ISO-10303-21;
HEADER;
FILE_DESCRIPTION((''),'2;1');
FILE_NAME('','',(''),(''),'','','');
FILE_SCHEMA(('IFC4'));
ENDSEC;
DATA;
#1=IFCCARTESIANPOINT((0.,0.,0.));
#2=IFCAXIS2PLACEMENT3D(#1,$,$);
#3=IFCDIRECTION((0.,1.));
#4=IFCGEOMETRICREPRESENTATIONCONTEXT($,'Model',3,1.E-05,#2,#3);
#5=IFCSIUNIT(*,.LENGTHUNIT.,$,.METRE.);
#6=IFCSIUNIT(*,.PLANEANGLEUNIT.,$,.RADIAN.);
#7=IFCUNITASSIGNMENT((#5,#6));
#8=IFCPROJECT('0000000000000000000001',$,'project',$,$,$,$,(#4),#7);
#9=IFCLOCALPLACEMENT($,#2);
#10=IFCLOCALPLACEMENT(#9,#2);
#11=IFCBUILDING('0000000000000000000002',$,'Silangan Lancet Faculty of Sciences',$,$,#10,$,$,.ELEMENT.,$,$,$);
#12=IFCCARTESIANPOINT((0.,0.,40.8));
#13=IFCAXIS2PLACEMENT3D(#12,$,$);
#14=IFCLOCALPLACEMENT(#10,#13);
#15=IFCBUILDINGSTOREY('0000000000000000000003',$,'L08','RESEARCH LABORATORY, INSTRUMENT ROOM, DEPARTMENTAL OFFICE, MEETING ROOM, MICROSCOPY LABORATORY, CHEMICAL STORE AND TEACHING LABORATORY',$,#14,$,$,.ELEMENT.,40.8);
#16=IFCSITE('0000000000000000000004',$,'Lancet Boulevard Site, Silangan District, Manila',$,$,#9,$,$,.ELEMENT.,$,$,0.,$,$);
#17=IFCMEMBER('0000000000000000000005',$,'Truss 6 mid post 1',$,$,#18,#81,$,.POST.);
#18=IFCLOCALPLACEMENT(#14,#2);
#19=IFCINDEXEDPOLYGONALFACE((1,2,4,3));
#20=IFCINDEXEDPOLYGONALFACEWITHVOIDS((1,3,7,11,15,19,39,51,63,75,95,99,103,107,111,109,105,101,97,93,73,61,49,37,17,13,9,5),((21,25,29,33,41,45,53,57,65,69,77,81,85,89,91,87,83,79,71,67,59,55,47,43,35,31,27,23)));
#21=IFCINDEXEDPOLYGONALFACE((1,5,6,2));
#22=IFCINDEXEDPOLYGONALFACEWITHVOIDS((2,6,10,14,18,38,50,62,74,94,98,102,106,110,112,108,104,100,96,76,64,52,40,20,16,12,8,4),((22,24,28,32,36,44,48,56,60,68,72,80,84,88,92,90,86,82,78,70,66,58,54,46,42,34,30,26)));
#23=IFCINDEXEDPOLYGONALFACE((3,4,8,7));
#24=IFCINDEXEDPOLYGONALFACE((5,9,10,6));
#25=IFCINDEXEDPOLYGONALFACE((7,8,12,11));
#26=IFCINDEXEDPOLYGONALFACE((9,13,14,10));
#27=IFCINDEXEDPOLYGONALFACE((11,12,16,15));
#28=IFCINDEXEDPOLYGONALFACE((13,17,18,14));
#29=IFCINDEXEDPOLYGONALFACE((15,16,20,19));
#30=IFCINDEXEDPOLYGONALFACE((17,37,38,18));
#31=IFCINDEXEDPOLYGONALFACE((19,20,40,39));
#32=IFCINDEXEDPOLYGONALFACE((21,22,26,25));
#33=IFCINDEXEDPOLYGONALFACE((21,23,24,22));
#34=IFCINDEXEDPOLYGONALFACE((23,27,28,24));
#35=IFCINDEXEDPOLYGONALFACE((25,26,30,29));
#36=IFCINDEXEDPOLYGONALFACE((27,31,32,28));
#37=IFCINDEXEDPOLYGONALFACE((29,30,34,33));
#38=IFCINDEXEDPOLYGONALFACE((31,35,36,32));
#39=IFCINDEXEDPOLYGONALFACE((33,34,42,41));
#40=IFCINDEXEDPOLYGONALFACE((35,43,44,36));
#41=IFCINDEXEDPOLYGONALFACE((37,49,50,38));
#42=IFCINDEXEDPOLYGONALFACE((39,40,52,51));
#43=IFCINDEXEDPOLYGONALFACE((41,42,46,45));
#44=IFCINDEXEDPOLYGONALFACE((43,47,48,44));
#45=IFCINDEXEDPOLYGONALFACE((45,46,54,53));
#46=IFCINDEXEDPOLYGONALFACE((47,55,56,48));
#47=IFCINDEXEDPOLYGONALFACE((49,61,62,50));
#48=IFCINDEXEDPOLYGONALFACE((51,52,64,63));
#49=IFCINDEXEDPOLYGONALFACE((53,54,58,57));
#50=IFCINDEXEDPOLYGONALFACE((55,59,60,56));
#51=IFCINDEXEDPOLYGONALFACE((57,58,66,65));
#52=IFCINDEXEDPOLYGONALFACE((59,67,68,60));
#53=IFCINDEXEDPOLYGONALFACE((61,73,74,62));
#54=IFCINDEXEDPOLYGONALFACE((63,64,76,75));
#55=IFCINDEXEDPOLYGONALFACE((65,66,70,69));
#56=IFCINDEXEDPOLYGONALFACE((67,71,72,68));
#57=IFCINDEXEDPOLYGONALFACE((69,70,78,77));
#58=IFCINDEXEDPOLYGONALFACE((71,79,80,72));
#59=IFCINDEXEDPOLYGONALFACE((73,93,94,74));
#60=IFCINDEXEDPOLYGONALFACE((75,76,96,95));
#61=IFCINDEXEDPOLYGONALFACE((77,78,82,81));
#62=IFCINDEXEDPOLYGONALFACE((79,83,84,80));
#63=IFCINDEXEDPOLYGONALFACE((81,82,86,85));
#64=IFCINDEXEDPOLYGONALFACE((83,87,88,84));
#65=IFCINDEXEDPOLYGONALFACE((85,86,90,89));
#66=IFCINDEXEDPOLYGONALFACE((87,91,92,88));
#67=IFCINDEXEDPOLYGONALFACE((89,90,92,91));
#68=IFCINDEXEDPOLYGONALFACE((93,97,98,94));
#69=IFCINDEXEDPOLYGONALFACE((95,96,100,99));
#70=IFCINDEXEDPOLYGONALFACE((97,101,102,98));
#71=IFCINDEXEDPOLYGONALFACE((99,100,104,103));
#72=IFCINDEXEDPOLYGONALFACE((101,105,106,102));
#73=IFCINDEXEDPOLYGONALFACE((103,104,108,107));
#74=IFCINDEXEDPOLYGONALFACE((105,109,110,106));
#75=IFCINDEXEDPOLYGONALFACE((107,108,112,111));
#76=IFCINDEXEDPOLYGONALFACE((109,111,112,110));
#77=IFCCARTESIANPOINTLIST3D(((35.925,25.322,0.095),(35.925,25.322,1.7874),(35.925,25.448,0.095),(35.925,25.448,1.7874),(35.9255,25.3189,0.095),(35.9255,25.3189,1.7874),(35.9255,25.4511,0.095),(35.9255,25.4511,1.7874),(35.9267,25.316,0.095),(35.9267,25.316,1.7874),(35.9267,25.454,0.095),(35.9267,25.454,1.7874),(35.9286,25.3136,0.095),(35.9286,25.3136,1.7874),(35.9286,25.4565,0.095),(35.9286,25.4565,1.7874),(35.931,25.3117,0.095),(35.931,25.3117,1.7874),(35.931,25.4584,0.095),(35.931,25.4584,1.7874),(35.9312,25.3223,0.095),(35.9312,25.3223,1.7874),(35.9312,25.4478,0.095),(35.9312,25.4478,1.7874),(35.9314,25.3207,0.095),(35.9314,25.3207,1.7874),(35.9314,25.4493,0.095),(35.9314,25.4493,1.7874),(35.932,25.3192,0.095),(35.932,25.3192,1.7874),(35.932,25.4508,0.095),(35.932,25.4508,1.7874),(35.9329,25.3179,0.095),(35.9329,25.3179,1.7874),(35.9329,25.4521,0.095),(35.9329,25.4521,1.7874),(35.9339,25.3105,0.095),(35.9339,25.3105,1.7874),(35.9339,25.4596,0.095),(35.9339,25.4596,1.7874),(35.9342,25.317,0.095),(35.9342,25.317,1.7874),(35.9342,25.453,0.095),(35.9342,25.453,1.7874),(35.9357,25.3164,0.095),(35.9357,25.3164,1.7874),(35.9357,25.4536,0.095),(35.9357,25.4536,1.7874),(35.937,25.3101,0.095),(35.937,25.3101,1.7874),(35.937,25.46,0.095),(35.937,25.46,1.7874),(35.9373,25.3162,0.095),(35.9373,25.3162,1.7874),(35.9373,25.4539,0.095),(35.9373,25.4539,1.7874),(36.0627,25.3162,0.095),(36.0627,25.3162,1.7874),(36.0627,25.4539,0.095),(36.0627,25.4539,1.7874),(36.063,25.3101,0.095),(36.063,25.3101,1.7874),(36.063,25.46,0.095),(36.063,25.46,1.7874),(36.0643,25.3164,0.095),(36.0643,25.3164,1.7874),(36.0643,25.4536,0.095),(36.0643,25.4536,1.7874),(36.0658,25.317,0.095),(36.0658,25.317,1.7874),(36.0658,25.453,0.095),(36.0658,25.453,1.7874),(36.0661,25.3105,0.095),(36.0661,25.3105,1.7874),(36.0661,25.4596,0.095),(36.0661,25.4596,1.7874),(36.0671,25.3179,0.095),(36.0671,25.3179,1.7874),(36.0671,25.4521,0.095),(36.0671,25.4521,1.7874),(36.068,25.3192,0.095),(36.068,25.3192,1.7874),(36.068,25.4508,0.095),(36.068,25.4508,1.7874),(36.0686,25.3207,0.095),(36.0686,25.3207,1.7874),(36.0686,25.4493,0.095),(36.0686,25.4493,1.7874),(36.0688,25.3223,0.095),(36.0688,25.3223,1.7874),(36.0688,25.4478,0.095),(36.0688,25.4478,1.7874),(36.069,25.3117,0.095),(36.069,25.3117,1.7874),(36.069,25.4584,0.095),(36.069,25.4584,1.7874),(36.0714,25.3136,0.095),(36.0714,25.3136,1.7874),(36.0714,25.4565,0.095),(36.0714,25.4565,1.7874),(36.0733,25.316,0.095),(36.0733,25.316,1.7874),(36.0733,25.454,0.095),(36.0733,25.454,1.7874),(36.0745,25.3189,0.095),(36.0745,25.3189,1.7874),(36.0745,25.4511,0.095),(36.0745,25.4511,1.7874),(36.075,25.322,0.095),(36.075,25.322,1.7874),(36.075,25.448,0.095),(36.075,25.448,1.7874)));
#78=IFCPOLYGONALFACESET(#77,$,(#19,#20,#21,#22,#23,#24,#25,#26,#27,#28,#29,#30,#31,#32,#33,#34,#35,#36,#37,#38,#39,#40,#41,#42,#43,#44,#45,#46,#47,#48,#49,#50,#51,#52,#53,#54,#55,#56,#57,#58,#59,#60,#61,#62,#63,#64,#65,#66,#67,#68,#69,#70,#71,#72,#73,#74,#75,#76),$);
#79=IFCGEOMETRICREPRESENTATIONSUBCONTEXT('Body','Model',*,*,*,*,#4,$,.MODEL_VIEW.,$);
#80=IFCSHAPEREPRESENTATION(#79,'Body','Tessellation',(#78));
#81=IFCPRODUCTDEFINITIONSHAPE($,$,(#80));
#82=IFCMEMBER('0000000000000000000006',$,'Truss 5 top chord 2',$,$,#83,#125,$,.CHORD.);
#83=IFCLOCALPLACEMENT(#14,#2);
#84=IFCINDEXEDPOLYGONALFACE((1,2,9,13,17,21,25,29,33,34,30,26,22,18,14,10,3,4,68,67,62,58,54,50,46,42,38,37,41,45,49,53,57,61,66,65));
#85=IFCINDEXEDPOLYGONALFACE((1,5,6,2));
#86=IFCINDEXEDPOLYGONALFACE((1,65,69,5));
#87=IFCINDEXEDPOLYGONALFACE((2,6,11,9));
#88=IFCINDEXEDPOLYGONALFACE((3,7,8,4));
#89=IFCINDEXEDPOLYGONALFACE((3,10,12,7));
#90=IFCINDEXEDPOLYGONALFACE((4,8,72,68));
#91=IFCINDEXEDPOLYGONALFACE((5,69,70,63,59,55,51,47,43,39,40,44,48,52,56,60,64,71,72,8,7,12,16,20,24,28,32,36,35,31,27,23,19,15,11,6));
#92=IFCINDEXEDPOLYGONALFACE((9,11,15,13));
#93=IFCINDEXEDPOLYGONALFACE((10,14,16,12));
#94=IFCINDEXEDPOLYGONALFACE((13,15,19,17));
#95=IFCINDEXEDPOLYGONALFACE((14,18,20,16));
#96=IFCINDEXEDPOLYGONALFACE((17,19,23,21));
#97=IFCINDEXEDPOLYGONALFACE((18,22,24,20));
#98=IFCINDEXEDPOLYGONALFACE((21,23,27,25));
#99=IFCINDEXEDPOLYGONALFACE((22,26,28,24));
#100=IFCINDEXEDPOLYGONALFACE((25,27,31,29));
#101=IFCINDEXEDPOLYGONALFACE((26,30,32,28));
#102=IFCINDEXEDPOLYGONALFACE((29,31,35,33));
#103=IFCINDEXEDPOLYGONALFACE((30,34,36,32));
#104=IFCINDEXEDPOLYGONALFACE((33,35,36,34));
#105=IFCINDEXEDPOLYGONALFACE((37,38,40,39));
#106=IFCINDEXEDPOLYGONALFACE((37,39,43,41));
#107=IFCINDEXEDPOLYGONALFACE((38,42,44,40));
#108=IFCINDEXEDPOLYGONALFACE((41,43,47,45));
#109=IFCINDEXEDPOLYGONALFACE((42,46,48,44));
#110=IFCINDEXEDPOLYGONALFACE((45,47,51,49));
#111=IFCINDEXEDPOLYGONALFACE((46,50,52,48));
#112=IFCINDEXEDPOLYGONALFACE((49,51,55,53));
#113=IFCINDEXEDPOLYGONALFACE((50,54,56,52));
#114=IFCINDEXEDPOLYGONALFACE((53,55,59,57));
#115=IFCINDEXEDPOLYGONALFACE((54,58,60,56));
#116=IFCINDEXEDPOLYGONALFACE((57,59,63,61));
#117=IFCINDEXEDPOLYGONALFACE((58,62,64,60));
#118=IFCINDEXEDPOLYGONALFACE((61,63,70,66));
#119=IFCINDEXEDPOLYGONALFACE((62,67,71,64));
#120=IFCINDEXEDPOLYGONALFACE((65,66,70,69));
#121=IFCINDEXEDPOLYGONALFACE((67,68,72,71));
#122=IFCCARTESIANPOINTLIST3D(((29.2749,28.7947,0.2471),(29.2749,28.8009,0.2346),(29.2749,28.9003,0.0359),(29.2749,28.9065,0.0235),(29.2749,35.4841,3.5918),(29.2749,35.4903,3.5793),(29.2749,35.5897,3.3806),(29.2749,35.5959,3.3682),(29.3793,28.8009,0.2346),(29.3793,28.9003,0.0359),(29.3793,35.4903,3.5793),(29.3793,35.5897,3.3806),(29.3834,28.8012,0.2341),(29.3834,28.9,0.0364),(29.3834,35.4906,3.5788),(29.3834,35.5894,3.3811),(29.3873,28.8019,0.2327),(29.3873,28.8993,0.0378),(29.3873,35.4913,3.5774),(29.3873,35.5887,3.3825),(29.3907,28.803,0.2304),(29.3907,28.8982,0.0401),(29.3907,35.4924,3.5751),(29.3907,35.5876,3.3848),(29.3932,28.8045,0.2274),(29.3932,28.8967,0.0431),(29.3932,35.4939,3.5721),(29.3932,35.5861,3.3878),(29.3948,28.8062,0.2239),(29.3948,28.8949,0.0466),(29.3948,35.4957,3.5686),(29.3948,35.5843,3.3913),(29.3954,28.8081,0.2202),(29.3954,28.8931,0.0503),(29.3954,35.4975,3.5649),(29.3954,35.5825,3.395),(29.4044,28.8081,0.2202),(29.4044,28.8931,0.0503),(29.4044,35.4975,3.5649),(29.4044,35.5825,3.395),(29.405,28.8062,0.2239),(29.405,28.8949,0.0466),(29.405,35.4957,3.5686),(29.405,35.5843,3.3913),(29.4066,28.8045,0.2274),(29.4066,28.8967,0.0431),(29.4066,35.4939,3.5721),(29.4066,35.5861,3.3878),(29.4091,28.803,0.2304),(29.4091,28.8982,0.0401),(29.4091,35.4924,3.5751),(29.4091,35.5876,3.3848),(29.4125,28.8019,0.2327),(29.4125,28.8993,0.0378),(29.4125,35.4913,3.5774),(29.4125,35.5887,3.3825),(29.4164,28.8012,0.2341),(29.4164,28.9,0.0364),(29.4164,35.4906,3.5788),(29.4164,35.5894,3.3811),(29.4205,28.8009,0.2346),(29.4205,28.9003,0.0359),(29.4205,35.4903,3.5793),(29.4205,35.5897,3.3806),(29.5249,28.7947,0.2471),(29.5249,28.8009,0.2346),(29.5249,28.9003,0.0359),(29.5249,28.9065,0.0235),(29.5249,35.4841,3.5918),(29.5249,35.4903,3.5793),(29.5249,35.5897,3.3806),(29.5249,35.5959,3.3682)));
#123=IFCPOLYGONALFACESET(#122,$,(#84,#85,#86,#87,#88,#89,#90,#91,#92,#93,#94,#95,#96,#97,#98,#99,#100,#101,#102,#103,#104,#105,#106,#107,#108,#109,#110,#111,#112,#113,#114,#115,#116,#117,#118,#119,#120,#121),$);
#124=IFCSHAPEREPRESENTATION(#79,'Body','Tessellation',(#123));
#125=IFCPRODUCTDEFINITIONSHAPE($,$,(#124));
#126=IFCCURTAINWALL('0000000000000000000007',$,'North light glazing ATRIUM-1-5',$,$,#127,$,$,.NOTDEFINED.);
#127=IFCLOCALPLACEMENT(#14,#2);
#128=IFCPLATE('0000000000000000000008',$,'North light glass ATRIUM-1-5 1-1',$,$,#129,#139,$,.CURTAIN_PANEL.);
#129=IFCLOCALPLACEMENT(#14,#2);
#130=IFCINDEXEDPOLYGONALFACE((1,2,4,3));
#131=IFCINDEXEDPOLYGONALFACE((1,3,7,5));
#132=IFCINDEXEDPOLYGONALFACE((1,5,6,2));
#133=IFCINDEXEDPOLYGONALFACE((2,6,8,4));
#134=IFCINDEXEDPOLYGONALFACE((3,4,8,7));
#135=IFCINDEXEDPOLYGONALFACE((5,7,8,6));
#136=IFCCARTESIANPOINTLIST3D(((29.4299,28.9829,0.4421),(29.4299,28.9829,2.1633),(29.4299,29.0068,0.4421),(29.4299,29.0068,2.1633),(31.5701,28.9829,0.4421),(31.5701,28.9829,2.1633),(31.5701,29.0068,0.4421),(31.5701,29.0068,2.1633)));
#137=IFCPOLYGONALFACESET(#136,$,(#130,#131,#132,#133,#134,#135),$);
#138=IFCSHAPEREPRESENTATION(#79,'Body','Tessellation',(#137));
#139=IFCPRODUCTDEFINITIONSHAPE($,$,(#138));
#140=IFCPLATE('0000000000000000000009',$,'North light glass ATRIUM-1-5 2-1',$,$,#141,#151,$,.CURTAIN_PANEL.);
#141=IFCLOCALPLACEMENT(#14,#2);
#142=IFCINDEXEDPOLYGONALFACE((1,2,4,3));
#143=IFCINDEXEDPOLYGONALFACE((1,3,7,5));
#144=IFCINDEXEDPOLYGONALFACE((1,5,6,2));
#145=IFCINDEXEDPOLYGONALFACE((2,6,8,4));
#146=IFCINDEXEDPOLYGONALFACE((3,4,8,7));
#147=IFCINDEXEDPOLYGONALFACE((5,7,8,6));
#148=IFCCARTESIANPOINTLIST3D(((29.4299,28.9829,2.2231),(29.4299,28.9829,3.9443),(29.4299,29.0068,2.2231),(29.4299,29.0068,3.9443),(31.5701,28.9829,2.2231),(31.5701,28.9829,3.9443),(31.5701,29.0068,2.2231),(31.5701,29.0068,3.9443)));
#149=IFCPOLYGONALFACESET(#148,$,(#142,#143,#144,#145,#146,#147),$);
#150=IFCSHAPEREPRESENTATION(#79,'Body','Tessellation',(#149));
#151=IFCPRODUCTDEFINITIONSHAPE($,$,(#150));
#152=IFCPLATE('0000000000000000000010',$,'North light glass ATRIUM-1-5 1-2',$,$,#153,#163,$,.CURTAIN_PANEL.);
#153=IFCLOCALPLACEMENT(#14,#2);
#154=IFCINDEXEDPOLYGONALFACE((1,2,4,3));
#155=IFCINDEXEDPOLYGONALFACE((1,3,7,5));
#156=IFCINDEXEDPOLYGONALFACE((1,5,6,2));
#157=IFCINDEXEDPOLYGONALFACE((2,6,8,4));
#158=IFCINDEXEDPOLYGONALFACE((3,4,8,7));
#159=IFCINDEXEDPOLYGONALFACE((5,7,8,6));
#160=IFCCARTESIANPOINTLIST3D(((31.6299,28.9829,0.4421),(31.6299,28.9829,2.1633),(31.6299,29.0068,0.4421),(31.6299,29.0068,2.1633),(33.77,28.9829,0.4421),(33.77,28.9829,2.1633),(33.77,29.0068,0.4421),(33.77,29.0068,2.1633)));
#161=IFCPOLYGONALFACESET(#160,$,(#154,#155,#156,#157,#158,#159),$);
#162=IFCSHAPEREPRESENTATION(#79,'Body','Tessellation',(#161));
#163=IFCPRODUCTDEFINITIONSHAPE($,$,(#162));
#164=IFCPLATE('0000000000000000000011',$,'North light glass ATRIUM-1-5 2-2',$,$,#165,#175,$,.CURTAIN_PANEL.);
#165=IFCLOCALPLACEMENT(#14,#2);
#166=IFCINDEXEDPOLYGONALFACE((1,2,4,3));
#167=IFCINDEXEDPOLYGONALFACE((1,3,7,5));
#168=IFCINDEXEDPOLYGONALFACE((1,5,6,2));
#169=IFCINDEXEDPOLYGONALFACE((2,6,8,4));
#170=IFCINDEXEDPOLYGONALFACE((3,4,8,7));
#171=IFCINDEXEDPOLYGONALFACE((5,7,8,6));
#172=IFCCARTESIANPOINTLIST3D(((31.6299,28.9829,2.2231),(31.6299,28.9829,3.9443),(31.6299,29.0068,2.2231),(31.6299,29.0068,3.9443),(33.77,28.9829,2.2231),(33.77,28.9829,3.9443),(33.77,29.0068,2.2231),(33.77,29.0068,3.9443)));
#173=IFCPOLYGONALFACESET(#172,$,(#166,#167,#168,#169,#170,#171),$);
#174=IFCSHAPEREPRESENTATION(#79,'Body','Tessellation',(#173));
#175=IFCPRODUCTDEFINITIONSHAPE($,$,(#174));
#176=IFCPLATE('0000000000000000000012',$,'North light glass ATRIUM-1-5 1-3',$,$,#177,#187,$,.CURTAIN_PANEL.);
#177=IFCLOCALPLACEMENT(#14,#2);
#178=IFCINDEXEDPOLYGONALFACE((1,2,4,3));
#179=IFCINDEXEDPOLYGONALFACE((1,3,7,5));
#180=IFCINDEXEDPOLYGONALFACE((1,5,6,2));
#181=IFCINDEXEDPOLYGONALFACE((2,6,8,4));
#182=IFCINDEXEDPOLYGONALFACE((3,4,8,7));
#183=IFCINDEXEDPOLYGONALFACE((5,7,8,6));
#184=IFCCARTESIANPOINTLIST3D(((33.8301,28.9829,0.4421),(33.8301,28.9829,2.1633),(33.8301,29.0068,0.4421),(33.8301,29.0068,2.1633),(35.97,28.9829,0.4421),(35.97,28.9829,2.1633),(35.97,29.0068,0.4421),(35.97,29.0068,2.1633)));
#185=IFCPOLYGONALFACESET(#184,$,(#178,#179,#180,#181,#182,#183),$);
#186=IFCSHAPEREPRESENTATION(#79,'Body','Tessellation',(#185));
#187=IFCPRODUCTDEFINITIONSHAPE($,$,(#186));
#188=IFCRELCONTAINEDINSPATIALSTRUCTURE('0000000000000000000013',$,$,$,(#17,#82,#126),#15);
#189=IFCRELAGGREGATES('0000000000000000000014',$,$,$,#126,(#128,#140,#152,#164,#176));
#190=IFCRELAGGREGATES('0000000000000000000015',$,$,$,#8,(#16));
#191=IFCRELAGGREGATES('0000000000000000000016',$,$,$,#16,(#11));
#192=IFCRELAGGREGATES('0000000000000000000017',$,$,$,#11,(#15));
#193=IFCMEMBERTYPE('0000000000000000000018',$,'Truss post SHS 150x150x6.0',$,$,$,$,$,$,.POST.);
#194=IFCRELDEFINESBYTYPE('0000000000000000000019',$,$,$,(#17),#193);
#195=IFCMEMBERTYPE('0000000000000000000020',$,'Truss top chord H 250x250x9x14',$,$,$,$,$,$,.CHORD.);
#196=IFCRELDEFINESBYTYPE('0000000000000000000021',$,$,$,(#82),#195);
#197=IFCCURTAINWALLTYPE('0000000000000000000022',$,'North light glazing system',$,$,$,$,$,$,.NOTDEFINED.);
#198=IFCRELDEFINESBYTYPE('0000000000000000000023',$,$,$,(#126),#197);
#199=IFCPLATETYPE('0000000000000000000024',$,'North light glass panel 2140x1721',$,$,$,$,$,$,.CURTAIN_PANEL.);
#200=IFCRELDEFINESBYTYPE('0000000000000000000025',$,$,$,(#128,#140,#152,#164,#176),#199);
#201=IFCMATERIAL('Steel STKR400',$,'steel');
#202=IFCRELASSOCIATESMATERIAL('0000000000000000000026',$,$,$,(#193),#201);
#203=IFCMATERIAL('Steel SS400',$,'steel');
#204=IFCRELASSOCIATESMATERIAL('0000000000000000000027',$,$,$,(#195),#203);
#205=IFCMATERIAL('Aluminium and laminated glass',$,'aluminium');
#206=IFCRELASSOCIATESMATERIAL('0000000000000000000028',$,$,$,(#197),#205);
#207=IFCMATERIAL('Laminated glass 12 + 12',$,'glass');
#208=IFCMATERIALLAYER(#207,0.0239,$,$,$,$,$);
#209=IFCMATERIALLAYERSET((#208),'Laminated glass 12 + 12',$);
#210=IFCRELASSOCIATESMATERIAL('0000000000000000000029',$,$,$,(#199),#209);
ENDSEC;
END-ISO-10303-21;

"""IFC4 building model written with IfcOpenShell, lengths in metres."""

from ifc_helpers import new_model, si_unit, direction, frame, origin, origin_2d, place, context, subcontext, project, spatial, polyline, hollow_rectangle, i_section, outline, extrude, material, layer, layer_set, material_profile, profile_set, type_object, element, aggregate, save


model = new_model("IFC4")

# Units and contexts
model_context = context("Model", 3, precision=1e-05, world=origin(), true_north=direction((0.0, 1.0)))
body_context = subcontext(model_context, "Body", "Model", "MODEL_VIEW")
ifc_project = project(units=[si_unit("LENGTHUNIT", "METRE"), si_unit("PLANEANGLEUNIT", "RADIAN")], contexts=[model_context])

# Site, building, storey
site_placement = place(None, origin())
site = spatial("IfcSite", under=ifc_project, at=site_placement, Name="Lancet Boulevard Site, Silangan District, Manila", CompositionType="ELEMENT", RefElevation=0.0)
building_placement = place(site_placement, origin())
building = spatial("IfcBuilding", under=site, at=building_placement, Name="Silangan Lancet Faculty of Sciences", CompositionType="ELEMENT")
storey_placement = place(building_placement, frame((0.0, 0.0, 40.8)))
storey = spatial("IfcBuildingStorey", under=building, at=storey_placement, Name="L08", Description="RESEARCH LABORATORY, INSTRUMENT ROOM, DEPARTMENTAL OFFICE, MEETING ROOM, MICROSCOPY LABORATORY, CHEMICAL STORE AND TEACHING LABORATORY", CompositionType="ELEMENT", Elevation=40.8)

# Members
ifc_material_1 = material(Name="Steel STKR400", Category="steel")
ifc_material_profile_1 = material_profile(ifc_material_1, hollow_rectangle(XDim=0.1499, YDim=0.1499, WallThickness=0.0061, InnerFilletRadius=0.0061, OuterFilletRadius=0.012, at=origin_2d()), Name="SHS 150x150x6.0")
ifc_profile_set_1 = profile_set([ifc_material_profile_1], Name="Steel STKR400")
member_type_1 = type_object("IfcMemberType", Name="Truss post SHS 150x150x6.0", PredefinedType="POST", material=ifc_profile_set_1)
member_1_placement = place(storey_placement, frame((36.0, 25.385, 0.095), z_axis=(0.0, 0.0, 1.0), x_axis=(1.0, 0.0, 0.0)))
element("IfcMember", 1, at=member_1_placement, inside=storey, type_object=member_type_1, Name="Truss 6 mid post 1", PredefinedType="POST", context=body_context, shape_type="SweptSolid", body=[
    extrude(hollow_rectangle(XDim=0.1499, YDim=0.1499, WallThickness=0.0061, InnerFilletRadius=0.0061, OuterFilletRadius=0.012, at=origin_2d()), origin(), (0.0, 0.0, 1.0), 1.6924),
])
ifc_material_2 = material(Name="Steel SS400", Category="steel")
ifc_material_profile_2 = material_profile(ifc_material_2, i_section(OverallWidth=0.25, OverallDepth=0.25, WebThickness=0.009, FlangeThickness=0.0139, FilletRadius=0.0161, at=origin_2d()), Name="H 250x250x9x14")
ifc_profile_set_2 = profile_set([ifc_material_profile_2], Name="Steel SS400")
member_type_2 = type_object("IfcMemberType", Name="Truss top chord H 250x250x9x14", PredefinedType="CHORD", material=ifc_profile_set_2)
member_2_placement = place(storey_placement, frame((29.3999, 28.8506, 0.1353), z_axis=(0.0, 0.894427, 0.447214), x_axis=(-1.0, 0.0, 0.0)))
element("IfcMember", 2, at=member_2_placement, inside=storey, type_object=member_type_2, Name="Truss 5 top chord 2", PredefinedType="CHORD", context=body_context, shape_type="SweptSolid", body=[
    extrude(i_section(OverallWidth=0.25, OverallDepth=0.25, WebThickness=0.009, FlangeThickness=0.0139, FilletRadius=0.0161, at=origin_2d()), origin(), (0.0, 0.0, 1.0), 7.479),
])

# Curtain wall, plates
ifc_material_3 = material(Name="Aluminium and laminated glass", Category="aluminium")
curtain_wall_type = type_object("IfcCurtainWallType", Name="North light glazing system", PredefinedType="NOTDEFINED", material=ifc_material_3)
curtain_wall_placement = place(storey_placement, origin())
curtain_wall = element("IfcCurtainWall", 3, at=curtain_wall_placement, inside=storey, type_object=curtain_wall_type, Name="North light glazing ATRIUM-1-5", PredefinedType="NOTDEFINED")
ifc_material_4 = material(Name="Laminated glass 12 + 12", Category="glass")
ifc_layer = layer(ifc_material_4, 0.0239)
ifc_layer_set = layer_set([ifc_layer], Name="Laminated glass 12 + 12")
plate_type = type_object("IfcPlateType", Name="North light glass panel 2140x1721", PredefinedType="CURTAIN_PANEL", material=ifc_layer_set)
plate_1_placement = place(storey_placement, frame((29.4299, 28.9829, 0.4421), z_axis=(0.0, -1.0, 0.0), x_axis=(1.0, 0.0, 0.0)))
plate_1 = element("IfcPlate", 4, at=plate_1_placement, type_object=plate_type, Name="North light glass ATRIUM-1-5 1-1", PredefinedType="CURTAIN_PANEL", context=body_context, shape_type="SweptSolid", body=[
    extrude(outline(polyline([(0.0, 0.0), (2.1401, 0.0), (2.1401, 1.7212), (0.0, 1.7212), (0.0, 0.0)])), origin(), (0.0, 0.0, -1.0), 0.0239),
])
plate_2_placement = place(storey_placement, frame((29.4299, 28.9829, 2.2231), z_axis=(0.0, -1.0, 0.0), x_axis=(1.0, 0.0, 0.0)))
plate_2 = element("IfcPlate", 5, at=plate_2_placement, type_object=plate_type, Name="North light glass ATRIUM-1-5 2-1", PredefinedType="CURTAIN_PANEL", context=body_context, shape_type="SweptSolid", body=[
    extrude(outline(polyline([(0.0, 0.0), (2.1401, 0.0), (2.1401, 1.7212), (0.0, 1.7212), (0.0, 0.0)])), origin(), (0.0, 0.0, -1.0), 0.0239),
])
plate_3_placement = place(storey_placement, frame((31.6299, 28.9829, 0.4421), z_axis=(0.0, -1.0, 0.0), x_axis=(1.0, 0.0, 0.0)))
plate_3 = element("IfcPlate", 6, at=plate_3_placement, type_object=plate_type, Name="North light glass ATRIUM-1-5 1-2", PredefinedType="CURTAIN_PANEL", context=body_context, shape_type="SweptSolid", body=[
    extrude(outline(polyline([(0.0, 0.0), (2.1401, 0.0), (2.1401, 1.7212), (0.0, 1.7212), (0.0, 0.0)])), origin(), (0.0, 0.0, -1.0), 0.0239),
])
plate_4_placement = place(storey_placement, frame((31.6299, 28.9829, 2.2231), z_axis=(0.0, -1.0, 0.0), x_axis=(1.0, 0.0, 0.0)))
plate_4 = element("IfcPlate", 7, at=plate_4_placement, type_object=plate_type, Name="North light glass ATRIUM-1-5 2-2", PredefinedType="CURTAIN_PANEL", context=body_context, shape_type="SweptSolid", body=[
    extrude(outline(polyline([(0.0, 0.0), (2.1401, 0.0), (2.1401, 1.7212), (0.0, 1.7212), (0.0, 0.0)])), origin(), (0.0, 0.0, -1.0), 0.0239),
])
plate_5_placement = place(storey_placement, frame((33.8301, 28.9829, 0.4421), z_axis=(0.0, -1.0, 0.0), x_axis=(1.0, 0.0, 0.0)))
plate_5 = element("IfcPlate", 8, at=plate_5_placement, type_object=plate_type, Name="North light glass ATRIUM-1-5 1-3", PredefinedType="CURTAIN_PANEL", context=body_context, shape_type="SweptSolid", body=[
    extrude(outline(polyline([(0.0, 0.0), (2.1399, 0.0), (2.1399, 1.7212), (0.0, 1.7212), (0.0, 0.0)])), origin(), (0.0, 0.0, -1.0), 0.0239),
])
aggregate(curtain_wall, [plate_1, plate_2, plate_3, plate_4, plate_5])

save(model, "model.ifc")
